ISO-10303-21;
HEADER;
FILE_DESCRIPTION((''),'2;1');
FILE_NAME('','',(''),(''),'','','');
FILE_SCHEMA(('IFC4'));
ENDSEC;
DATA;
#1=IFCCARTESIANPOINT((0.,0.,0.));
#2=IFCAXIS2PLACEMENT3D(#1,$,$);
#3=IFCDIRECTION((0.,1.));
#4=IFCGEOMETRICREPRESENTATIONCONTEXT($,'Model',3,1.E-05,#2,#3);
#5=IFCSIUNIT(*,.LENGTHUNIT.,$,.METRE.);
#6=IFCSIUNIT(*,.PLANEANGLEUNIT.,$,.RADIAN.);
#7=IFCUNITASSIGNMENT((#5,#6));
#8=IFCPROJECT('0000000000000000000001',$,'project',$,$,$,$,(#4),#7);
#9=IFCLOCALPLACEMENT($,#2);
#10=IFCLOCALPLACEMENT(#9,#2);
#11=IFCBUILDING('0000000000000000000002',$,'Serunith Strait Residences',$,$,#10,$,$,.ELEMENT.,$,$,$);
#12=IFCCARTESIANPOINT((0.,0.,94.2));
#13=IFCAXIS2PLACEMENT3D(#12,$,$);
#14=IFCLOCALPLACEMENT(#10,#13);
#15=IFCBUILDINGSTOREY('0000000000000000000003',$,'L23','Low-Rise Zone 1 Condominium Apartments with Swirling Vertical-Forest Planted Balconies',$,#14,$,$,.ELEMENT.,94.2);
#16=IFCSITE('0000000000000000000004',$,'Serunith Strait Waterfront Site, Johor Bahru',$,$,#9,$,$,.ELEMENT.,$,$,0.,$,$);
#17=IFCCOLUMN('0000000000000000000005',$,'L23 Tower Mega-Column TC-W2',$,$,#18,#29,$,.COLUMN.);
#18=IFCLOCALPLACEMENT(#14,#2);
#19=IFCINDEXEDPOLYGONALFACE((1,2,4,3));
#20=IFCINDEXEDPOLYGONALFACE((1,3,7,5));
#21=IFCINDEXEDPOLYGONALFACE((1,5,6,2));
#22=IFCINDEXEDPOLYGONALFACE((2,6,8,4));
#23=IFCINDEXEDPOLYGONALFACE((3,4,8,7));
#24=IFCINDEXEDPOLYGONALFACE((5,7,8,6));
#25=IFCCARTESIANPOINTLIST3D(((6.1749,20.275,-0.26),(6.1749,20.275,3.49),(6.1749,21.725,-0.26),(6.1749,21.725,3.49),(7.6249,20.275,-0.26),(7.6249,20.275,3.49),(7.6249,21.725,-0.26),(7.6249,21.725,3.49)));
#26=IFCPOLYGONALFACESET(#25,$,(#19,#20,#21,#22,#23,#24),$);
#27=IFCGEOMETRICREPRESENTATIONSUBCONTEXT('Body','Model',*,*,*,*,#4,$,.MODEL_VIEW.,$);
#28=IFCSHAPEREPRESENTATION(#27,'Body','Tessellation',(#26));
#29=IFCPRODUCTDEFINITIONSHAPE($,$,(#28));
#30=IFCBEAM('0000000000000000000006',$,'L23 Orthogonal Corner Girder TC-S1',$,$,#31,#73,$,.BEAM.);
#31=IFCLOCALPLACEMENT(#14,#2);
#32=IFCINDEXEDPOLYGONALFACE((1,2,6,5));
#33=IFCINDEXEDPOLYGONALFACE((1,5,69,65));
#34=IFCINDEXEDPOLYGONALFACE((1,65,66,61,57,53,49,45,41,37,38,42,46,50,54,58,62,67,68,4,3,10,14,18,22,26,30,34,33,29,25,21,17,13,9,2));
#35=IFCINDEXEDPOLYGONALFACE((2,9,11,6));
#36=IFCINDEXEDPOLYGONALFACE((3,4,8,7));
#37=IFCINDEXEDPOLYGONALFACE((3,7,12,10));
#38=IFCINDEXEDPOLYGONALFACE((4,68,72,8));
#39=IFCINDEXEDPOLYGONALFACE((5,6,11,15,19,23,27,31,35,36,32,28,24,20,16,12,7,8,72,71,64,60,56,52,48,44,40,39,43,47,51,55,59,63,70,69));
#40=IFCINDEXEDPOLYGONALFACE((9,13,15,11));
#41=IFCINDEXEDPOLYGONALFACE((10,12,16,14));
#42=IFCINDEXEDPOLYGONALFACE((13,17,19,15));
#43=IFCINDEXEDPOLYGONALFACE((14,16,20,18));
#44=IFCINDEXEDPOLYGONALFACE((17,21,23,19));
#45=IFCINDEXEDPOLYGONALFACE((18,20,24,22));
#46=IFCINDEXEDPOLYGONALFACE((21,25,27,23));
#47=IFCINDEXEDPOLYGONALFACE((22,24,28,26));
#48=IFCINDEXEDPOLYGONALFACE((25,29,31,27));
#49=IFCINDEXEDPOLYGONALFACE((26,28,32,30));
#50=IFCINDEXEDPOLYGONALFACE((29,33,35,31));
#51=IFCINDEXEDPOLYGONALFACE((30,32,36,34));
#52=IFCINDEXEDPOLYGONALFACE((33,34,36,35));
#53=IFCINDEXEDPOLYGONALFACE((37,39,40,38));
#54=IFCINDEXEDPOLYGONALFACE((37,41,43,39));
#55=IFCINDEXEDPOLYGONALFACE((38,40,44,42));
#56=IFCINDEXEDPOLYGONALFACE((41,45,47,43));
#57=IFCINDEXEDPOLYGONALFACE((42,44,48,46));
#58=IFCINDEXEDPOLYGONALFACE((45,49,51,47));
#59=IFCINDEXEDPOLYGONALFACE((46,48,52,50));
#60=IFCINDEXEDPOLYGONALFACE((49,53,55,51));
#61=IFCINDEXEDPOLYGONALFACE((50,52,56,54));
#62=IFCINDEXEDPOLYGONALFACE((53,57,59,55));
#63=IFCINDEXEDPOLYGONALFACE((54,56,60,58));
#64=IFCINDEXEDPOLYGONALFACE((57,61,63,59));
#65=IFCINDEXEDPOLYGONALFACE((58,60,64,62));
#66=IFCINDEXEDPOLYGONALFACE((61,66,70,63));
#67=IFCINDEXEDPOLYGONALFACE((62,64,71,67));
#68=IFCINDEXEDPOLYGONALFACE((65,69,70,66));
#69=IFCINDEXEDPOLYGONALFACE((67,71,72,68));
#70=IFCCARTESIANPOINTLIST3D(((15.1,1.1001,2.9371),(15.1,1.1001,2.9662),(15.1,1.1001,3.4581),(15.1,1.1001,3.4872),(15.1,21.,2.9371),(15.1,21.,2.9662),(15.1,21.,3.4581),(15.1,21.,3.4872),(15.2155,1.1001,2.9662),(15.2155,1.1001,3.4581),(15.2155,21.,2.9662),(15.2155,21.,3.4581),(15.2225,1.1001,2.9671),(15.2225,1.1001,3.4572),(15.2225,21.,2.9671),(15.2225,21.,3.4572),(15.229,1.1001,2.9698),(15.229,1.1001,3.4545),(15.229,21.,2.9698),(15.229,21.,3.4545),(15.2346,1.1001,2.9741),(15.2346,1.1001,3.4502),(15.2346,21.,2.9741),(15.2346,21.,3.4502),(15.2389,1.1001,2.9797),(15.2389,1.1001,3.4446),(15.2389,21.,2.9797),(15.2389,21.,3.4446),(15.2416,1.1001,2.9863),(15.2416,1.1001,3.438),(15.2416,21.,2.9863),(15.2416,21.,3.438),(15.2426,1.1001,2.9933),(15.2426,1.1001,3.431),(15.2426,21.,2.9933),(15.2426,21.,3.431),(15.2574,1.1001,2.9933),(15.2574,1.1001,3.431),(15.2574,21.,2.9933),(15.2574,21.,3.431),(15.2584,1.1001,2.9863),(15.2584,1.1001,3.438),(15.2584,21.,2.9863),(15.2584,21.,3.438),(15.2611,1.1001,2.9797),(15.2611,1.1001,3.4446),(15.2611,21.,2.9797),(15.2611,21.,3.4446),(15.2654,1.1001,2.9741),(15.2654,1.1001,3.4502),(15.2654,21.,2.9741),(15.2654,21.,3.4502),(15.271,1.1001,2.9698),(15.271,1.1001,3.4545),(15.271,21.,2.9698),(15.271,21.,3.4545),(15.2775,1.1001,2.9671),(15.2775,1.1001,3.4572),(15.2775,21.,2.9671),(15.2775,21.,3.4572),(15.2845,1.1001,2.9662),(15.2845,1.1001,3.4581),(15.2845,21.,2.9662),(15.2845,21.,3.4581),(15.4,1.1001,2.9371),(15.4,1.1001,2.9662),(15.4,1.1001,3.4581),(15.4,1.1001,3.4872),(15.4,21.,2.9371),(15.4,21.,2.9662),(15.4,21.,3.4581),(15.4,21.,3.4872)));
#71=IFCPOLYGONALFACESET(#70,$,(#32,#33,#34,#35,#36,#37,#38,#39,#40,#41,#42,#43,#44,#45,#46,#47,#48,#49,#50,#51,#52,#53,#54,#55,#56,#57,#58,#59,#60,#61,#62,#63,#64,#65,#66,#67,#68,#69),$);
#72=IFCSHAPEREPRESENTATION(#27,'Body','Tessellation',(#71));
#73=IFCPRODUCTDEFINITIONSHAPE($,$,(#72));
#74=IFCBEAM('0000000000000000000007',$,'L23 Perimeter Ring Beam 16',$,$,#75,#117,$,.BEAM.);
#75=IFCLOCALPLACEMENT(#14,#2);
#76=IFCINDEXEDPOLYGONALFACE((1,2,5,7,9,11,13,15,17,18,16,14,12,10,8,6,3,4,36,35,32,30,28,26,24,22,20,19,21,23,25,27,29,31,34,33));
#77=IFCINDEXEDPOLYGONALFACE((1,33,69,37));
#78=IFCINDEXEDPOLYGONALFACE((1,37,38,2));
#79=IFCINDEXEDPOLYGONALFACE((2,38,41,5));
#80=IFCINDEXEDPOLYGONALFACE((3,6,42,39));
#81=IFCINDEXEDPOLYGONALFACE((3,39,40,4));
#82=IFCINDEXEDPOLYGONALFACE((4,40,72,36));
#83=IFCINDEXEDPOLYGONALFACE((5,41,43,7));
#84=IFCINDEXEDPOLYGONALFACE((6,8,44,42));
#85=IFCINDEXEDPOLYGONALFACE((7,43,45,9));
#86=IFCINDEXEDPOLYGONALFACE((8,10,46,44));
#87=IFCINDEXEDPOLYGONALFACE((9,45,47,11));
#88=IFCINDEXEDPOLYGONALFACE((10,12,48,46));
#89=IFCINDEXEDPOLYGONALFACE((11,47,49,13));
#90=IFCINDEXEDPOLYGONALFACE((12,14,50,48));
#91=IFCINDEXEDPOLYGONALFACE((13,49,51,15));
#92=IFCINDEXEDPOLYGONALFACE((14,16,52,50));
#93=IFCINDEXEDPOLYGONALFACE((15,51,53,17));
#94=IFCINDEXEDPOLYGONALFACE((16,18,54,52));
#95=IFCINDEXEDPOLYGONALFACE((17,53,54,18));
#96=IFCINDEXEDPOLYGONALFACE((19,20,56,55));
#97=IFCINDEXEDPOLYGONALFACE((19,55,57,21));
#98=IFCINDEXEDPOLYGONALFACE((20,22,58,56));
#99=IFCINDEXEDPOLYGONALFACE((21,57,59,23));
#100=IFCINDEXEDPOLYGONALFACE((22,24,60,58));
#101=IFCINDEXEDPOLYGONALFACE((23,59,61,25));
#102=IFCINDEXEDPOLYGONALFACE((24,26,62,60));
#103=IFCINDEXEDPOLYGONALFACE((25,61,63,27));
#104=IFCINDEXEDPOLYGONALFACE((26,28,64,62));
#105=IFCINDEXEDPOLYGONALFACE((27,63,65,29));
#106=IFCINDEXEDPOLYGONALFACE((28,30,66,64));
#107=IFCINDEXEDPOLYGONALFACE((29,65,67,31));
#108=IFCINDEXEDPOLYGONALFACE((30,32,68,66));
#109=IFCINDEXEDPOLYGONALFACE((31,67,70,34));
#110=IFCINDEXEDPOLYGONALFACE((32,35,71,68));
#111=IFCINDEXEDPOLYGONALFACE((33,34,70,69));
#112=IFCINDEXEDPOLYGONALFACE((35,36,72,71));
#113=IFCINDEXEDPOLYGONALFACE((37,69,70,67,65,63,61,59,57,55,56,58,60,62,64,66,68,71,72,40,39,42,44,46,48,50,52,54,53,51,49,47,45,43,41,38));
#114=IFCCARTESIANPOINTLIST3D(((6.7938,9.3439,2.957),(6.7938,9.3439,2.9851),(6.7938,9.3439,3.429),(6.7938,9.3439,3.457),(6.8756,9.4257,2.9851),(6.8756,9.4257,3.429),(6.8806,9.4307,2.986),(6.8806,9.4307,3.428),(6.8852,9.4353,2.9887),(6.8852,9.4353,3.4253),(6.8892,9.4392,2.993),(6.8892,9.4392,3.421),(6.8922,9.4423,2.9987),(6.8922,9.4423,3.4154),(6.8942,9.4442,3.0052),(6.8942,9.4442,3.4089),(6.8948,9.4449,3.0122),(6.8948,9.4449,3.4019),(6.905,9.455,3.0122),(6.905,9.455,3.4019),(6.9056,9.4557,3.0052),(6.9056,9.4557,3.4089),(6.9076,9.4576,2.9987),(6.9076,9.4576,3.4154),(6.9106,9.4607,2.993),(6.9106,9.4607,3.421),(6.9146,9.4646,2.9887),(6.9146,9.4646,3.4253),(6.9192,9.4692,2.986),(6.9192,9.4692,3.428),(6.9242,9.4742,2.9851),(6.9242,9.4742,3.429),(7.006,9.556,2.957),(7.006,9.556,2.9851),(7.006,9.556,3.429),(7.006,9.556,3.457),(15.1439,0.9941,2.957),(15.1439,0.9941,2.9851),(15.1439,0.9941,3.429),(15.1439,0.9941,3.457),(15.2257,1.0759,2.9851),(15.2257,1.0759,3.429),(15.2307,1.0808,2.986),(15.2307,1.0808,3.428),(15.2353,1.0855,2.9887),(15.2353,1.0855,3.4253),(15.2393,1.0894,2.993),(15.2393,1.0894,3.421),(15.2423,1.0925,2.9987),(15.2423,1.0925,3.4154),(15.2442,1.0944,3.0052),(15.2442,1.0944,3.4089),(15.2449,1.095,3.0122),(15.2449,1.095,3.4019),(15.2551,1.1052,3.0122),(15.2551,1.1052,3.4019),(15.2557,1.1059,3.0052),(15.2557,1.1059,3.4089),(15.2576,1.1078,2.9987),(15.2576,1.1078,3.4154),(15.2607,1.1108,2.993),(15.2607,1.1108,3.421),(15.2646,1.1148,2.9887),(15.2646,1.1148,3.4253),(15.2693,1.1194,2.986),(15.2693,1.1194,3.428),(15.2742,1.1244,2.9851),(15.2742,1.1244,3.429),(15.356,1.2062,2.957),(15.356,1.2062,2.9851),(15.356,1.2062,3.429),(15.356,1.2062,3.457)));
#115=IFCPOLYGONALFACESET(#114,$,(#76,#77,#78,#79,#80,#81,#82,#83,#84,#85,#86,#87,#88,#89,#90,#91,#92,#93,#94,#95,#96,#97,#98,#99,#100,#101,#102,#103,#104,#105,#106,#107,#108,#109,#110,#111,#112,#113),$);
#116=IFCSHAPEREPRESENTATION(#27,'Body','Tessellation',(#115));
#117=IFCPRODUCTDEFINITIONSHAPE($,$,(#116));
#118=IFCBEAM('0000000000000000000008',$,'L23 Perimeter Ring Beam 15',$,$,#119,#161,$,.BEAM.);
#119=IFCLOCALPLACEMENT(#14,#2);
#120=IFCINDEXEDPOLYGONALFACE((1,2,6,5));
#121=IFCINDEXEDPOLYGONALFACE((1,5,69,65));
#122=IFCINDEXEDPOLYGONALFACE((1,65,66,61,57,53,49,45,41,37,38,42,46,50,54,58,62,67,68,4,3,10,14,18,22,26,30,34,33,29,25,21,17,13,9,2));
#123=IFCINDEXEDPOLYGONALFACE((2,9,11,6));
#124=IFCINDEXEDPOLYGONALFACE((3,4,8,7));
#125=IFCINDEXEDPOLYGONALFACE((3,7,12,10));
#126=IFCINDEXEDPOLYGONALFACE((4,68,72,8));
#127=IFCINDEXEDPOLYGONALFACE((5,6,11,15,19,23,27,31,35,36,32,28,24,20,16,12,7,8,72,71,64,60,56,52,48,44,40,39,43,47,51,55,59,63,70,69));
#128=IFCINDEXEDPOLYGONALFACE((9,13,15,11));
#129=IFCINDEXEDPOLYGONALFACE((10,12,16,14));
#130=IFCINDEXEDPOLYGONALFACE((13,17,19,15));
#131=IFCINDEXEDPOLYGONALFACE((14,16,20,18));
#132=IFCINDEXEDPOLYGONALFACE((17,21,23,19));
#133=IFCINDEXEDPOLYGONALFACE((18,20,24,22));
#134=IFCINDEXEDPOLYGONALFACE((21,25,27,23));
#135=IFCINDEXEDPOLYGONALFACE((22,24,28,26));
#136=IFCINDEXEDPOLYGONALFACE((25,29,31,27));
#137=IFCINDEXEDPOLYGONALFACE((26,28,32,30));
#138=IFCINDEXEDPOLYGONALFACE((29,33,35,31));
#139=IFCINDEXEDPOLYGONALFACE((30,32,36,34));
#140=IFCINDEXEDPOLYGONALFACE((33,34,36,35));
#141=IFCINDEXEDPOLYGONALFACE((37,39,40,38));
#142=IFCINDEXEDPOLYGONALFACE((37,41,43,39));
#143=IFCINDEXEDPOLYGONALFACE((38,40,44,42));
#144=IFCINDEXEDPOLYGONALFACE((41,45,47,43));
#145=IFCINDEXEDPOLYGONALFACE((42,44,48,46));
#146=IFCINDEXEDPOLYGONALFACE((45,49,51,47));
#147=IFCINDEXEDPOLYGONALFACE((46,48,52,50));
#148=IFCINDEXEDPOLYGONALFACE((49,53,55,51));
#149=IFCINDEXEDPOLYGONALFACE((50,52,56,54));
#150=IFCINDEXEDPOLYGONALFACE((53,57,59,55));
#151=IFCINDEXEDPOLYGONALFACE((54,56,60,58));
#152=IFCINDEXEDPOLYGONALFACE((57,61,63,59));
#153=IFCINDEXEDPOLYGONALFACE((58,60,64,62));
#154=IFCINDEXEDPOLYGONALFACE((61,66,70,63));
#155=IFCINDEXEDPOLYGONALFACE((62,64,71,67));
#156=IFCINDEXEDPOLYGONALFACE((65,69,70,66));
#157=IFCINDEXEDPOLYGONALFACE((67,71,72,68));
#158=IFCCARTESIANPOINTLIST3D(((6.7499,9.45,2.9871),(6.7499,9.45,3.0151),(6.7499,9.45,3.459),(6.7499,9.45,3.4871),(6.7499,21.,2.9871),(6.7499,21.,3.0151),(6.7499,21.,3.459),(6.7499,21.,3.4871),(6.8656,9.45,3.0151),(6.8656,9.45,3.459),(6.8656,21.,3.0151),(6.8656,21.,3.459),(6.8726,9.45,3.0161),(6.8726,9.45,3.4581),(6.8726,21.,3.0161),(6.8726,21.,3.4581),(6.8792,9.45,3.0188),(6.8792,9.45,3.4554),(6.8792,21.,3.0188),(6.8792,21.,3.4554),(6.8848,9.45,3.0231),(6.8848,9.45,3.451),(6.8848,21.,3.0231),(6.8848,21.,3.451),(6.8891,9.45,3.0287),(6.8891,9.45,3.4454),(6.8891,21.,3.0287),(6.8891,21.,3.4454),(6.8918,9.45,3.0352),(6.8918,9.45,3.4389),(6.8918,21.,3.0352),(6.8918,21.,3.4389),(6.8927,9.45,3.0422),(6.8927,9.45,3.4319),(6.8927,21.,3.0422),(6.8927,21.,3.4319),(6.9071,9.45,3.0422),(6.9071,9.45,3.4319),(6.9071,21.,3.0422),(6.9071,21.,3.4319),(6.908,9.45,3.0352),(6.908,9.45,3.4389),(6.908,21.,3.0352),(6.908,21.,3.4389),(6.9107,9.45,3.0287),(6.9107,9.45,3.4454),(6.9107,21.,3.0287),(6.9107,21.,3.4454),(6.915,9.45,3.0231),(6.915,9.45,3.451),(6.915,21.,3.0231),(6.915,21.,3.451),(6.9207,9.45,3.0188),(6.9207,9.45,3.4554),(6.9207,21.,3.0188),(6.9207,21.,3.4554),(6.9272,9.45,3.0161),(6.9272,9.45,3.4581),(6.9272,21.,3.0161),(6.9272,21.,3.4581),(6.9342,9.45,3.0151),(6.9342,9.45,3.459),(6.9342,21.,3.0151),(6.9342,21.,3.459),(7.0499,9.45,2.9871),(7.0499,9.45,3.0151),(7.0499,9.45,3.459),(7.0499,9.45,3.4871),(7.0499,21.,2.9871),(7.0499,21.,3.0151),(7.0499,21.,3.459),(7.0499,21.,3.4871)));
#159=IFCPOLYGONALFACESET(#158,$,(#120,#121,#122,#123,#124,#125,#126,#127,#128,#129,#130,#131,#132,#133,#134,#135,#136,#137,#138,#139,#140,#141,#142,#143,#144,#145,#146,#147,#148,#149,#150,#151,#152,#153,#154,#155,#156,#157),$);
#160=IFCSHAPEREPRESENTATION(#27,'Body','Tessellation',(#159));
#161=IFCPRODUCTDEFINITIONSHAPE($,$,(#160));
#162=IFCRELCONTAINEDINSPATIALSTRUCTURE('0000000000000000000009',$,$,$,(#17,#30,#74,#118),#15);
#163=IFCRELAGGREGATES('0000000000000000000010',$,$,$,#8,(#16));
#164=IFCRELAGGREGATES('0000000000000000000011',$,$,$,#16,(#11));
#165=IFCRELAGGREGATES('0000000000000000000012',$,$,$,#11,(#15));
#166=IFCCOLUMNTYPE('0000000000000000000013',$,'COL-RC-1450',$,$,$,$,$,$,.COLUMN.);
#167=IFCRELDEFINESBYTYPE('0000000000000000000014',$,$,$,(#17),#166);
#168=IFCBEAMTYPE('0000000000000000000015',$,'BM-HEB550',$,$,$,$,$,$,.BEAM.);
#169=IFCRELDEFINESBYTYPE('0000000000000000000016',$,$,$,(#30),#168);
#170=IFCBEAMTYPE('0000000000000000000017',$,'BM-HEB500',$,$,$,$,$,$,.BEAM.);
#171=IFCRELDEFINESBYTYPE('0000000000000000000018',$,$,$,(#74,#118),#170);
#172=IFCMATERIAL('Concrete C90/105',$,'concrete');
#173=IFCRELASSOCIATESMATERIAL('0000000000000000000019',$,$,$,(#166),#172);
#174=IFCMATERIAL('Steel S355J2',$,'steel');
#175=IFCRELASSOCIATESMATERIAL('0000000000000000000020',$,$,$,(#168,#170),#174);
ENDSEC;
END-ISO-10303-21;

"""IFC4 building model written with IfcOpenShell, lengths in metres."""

from ifc_helpers import new_model, si_unit, direction, frame, origin, origin_2d, place, context, subcontext, project, spatial, rectangle, i_section, extrude, source, transform, mapped, material, material_profile, profile_set, type_object, element, save


model = new_model("IFC4")

# Units and contexts
model_context = context("Model", 3, precision=1e-05, world=origin(), true_north=direction((0.0, 1.0)))
body_context = subcontext(model_context, "Body", "Model", "MODEL_VIEW")
ifc_project = project(units=[si_unit("LENGTHUNIT", "METRE"), si_unit("PLANEANGLEUNIT", "RADIAN")], contexts=[model_context])

# Site, building, storey
site_placement = place(None, origin())
site = spatial("IfcSite", under=ifc_project, at=site_placement, Name="Serunith Strait Waterfront Site, Johor Bahru", CompositionType="ELEMENT", RefElevation=0.0)
building_placement = place(site_placement, origin())
building = spatial("IfcBuilding", under=site, at=building_placement, Name="Serunith Strait Residences", CompositionType="ELEMENT")
storey_placement = place(building_placement, frame((0.0, 0.0, 94.2)))
storey = spatial("IfcBuildingStorey", under=building, at=storey_placement, Name="L23", Description="Low-Rise Zone 1 Condominium Apartments with Swirling Vertical-Forest Planted Balconies", CompositionType="ELEMENT", Elevation=94.2)

# Column
ifc_material_1 = material(Name="Concrete C90/105", Category="concrete")
ifc_material_profile_1 = material_profile(ifc_material_1, rectangle(XDim=1.45, YDim=1.45, at=origin_2d()), Name="RC 1450x1450")
ifc_profile_set_1 = profile_set([ifc_material_profile_1], Name="Concrete C90/105")
column_type = type_object("IfcColumnType", Name="COL-RC-1450", PredefinedType="COLUMN", material=ifc_profile_set_1)
shared_shape_1 = source(origin(), body_context, "Body", "SweptSolid", [
    extrude(rectangle(XDim=1.45, YDim=1.45, at=origin_2d()), origin(), (0.0, 0.0, 1.0), 3.75),
])
column_placement = place(storey_placement, frame((6.8999, 21.0, -0.26), z_axis=(0.0, 0.0, 1.0), x_axis=(1.0, 0.0, 0.0)))
element("IfcColumn", 1, at=column_placement, inside=storey, type_object=column_type, Name="L23 Tower Mega-Column TC-W2", PredefinedType="COLUMN", context=body_context, shape_type="MappedRepresentation", body=[
    mapped(shared_shape_1, transform((0.0, 0.0, 0.0), scale=1.0)),
])

# Beams
ifc_material_2 = material(Name="Steel S355J2", Category="steel")
ifc_material_profile_2 = material_profile(ifc_material_2, i_section(OverallWidth=0.3, OverallDepth=0.55, WebThickness=0.0149, FlangeThickness=0.0291, FilletRadius=0.0271, at=origin_2d()), Name="HEB 550")
ifc_profile_set_2 = profile_set([ifc_material_profile_2], Name="Steel S355J2")
beam_type_1 = type_object("IfcBeamType", Name="BM-HEB550", PredefinedType="BEAM", material=ifc_profile_set_2)
shared_shape_2 = source(origin(), body_context, "Body", "SweptSolid", [
    extrude(i_section(OverallWidth=0.3, OverallDepth=0.55, WebThickness=0.0149, FlangeThickness=0.0291, FilletRadius=0.0271, at=origin_2d()), origin(), (0.0, 0.0, 1.0), 19.8999),
])
beam_1_placement = place(storey_placement, frame((15.25, 21.0, 3.2122), z_axis=(0.0, -1.0, 0.0), x_axis=(1.0, 0.0, 0.0)))
element("IfcBeam", 2, at=beam_1_placement, inside=storey, type_object=beam_type_1, Name="L23 Orthogonal Corner Girder TC-S1", PredefinedType="BEAM", context=body_context, shape_type="MappedRepresentation", body=[
    mapped(shared_shape_2, transform((0.0, 0.0, 0.0), scale=1.0)),
])
ifc_material_profile_3 = material_profile(ifc_material_2, i_section(OverallWidth=0.3, OverallDepth=0.5, WebThickness=0.0144, FlangeThickness=0.0281, FilletRadius=0.0271, at=origin_2d()), Name="HEB 500")
ifc_profile_set_3 = profile_set([ifc_material_profile_3], Name="Steel S355J2")
beam_type_2 = type_object("IfcBeamType", Name="BM-HEB500", PredefinedType="BEAM", material=ifc_profile_set_3)
shared_shape_3 = source(origin(), body_context, "Body", "SweptSolid", [
    extrude(i_section(OverallWidth=0.3, OverallDepth=0.5, WebThickness=0.0144, FlangeThickness=0.0281, FilletRadius=0.0271, at=origin_2d()), origin(), (0.0, 0.0, 1.0), 11.8086),
])
beam_2_placement = place(storey_placement, frame((6.8999, 9.45, 3.207), z_axis=(0.707117, -0.707096, 0.0), x_axis=(0.707096, 0.707117, 0.0)))
element("IfcBeam", 3, at=beam_2_placement, inside=storey, type_object=beam_type_2, Name="L23 Perimeter Ring Beam 16", PredefinedType="BEAM", context=body_context, shape_type="MappedRepresentation", body=[
    mapped(shared_shape_3, transform((0.0, 0.0, 0.0), scale=1.0)),
])
shared_shape_4 = source(origin(), body_context, "Body", "SweptSolid", [
    extrude(i_section(OverallWidth=0.3, OverallDepth=0.5, WebThickness=0.0144, FlangeThickness=0.0281, FilletRadius=0.0271, at=origin_2d()), origin(), (0.0, 0.0, 1.0), 11.55),
])
beam_3_placement = place(storey_placement, frame((6.8999, 21.0, 3.2371), z_axis=(0.0, -1.0, 0.0), x_axis=(1.0, 0.0, 0.0)))
element("IfcBeam", 4, at=beam_3_placement, inside=storey, type_object=beam_type_2, Name="L23 Perimeter Ring Beam 15", PredefinedType="BEAM", context=body_context, shape_type="MappedRepresentation", body=[
    mapped(shared_shape_4, transform((0.0, 0.0, 0.0), scale=1.0)),
])

save(model, "model.ifc")
